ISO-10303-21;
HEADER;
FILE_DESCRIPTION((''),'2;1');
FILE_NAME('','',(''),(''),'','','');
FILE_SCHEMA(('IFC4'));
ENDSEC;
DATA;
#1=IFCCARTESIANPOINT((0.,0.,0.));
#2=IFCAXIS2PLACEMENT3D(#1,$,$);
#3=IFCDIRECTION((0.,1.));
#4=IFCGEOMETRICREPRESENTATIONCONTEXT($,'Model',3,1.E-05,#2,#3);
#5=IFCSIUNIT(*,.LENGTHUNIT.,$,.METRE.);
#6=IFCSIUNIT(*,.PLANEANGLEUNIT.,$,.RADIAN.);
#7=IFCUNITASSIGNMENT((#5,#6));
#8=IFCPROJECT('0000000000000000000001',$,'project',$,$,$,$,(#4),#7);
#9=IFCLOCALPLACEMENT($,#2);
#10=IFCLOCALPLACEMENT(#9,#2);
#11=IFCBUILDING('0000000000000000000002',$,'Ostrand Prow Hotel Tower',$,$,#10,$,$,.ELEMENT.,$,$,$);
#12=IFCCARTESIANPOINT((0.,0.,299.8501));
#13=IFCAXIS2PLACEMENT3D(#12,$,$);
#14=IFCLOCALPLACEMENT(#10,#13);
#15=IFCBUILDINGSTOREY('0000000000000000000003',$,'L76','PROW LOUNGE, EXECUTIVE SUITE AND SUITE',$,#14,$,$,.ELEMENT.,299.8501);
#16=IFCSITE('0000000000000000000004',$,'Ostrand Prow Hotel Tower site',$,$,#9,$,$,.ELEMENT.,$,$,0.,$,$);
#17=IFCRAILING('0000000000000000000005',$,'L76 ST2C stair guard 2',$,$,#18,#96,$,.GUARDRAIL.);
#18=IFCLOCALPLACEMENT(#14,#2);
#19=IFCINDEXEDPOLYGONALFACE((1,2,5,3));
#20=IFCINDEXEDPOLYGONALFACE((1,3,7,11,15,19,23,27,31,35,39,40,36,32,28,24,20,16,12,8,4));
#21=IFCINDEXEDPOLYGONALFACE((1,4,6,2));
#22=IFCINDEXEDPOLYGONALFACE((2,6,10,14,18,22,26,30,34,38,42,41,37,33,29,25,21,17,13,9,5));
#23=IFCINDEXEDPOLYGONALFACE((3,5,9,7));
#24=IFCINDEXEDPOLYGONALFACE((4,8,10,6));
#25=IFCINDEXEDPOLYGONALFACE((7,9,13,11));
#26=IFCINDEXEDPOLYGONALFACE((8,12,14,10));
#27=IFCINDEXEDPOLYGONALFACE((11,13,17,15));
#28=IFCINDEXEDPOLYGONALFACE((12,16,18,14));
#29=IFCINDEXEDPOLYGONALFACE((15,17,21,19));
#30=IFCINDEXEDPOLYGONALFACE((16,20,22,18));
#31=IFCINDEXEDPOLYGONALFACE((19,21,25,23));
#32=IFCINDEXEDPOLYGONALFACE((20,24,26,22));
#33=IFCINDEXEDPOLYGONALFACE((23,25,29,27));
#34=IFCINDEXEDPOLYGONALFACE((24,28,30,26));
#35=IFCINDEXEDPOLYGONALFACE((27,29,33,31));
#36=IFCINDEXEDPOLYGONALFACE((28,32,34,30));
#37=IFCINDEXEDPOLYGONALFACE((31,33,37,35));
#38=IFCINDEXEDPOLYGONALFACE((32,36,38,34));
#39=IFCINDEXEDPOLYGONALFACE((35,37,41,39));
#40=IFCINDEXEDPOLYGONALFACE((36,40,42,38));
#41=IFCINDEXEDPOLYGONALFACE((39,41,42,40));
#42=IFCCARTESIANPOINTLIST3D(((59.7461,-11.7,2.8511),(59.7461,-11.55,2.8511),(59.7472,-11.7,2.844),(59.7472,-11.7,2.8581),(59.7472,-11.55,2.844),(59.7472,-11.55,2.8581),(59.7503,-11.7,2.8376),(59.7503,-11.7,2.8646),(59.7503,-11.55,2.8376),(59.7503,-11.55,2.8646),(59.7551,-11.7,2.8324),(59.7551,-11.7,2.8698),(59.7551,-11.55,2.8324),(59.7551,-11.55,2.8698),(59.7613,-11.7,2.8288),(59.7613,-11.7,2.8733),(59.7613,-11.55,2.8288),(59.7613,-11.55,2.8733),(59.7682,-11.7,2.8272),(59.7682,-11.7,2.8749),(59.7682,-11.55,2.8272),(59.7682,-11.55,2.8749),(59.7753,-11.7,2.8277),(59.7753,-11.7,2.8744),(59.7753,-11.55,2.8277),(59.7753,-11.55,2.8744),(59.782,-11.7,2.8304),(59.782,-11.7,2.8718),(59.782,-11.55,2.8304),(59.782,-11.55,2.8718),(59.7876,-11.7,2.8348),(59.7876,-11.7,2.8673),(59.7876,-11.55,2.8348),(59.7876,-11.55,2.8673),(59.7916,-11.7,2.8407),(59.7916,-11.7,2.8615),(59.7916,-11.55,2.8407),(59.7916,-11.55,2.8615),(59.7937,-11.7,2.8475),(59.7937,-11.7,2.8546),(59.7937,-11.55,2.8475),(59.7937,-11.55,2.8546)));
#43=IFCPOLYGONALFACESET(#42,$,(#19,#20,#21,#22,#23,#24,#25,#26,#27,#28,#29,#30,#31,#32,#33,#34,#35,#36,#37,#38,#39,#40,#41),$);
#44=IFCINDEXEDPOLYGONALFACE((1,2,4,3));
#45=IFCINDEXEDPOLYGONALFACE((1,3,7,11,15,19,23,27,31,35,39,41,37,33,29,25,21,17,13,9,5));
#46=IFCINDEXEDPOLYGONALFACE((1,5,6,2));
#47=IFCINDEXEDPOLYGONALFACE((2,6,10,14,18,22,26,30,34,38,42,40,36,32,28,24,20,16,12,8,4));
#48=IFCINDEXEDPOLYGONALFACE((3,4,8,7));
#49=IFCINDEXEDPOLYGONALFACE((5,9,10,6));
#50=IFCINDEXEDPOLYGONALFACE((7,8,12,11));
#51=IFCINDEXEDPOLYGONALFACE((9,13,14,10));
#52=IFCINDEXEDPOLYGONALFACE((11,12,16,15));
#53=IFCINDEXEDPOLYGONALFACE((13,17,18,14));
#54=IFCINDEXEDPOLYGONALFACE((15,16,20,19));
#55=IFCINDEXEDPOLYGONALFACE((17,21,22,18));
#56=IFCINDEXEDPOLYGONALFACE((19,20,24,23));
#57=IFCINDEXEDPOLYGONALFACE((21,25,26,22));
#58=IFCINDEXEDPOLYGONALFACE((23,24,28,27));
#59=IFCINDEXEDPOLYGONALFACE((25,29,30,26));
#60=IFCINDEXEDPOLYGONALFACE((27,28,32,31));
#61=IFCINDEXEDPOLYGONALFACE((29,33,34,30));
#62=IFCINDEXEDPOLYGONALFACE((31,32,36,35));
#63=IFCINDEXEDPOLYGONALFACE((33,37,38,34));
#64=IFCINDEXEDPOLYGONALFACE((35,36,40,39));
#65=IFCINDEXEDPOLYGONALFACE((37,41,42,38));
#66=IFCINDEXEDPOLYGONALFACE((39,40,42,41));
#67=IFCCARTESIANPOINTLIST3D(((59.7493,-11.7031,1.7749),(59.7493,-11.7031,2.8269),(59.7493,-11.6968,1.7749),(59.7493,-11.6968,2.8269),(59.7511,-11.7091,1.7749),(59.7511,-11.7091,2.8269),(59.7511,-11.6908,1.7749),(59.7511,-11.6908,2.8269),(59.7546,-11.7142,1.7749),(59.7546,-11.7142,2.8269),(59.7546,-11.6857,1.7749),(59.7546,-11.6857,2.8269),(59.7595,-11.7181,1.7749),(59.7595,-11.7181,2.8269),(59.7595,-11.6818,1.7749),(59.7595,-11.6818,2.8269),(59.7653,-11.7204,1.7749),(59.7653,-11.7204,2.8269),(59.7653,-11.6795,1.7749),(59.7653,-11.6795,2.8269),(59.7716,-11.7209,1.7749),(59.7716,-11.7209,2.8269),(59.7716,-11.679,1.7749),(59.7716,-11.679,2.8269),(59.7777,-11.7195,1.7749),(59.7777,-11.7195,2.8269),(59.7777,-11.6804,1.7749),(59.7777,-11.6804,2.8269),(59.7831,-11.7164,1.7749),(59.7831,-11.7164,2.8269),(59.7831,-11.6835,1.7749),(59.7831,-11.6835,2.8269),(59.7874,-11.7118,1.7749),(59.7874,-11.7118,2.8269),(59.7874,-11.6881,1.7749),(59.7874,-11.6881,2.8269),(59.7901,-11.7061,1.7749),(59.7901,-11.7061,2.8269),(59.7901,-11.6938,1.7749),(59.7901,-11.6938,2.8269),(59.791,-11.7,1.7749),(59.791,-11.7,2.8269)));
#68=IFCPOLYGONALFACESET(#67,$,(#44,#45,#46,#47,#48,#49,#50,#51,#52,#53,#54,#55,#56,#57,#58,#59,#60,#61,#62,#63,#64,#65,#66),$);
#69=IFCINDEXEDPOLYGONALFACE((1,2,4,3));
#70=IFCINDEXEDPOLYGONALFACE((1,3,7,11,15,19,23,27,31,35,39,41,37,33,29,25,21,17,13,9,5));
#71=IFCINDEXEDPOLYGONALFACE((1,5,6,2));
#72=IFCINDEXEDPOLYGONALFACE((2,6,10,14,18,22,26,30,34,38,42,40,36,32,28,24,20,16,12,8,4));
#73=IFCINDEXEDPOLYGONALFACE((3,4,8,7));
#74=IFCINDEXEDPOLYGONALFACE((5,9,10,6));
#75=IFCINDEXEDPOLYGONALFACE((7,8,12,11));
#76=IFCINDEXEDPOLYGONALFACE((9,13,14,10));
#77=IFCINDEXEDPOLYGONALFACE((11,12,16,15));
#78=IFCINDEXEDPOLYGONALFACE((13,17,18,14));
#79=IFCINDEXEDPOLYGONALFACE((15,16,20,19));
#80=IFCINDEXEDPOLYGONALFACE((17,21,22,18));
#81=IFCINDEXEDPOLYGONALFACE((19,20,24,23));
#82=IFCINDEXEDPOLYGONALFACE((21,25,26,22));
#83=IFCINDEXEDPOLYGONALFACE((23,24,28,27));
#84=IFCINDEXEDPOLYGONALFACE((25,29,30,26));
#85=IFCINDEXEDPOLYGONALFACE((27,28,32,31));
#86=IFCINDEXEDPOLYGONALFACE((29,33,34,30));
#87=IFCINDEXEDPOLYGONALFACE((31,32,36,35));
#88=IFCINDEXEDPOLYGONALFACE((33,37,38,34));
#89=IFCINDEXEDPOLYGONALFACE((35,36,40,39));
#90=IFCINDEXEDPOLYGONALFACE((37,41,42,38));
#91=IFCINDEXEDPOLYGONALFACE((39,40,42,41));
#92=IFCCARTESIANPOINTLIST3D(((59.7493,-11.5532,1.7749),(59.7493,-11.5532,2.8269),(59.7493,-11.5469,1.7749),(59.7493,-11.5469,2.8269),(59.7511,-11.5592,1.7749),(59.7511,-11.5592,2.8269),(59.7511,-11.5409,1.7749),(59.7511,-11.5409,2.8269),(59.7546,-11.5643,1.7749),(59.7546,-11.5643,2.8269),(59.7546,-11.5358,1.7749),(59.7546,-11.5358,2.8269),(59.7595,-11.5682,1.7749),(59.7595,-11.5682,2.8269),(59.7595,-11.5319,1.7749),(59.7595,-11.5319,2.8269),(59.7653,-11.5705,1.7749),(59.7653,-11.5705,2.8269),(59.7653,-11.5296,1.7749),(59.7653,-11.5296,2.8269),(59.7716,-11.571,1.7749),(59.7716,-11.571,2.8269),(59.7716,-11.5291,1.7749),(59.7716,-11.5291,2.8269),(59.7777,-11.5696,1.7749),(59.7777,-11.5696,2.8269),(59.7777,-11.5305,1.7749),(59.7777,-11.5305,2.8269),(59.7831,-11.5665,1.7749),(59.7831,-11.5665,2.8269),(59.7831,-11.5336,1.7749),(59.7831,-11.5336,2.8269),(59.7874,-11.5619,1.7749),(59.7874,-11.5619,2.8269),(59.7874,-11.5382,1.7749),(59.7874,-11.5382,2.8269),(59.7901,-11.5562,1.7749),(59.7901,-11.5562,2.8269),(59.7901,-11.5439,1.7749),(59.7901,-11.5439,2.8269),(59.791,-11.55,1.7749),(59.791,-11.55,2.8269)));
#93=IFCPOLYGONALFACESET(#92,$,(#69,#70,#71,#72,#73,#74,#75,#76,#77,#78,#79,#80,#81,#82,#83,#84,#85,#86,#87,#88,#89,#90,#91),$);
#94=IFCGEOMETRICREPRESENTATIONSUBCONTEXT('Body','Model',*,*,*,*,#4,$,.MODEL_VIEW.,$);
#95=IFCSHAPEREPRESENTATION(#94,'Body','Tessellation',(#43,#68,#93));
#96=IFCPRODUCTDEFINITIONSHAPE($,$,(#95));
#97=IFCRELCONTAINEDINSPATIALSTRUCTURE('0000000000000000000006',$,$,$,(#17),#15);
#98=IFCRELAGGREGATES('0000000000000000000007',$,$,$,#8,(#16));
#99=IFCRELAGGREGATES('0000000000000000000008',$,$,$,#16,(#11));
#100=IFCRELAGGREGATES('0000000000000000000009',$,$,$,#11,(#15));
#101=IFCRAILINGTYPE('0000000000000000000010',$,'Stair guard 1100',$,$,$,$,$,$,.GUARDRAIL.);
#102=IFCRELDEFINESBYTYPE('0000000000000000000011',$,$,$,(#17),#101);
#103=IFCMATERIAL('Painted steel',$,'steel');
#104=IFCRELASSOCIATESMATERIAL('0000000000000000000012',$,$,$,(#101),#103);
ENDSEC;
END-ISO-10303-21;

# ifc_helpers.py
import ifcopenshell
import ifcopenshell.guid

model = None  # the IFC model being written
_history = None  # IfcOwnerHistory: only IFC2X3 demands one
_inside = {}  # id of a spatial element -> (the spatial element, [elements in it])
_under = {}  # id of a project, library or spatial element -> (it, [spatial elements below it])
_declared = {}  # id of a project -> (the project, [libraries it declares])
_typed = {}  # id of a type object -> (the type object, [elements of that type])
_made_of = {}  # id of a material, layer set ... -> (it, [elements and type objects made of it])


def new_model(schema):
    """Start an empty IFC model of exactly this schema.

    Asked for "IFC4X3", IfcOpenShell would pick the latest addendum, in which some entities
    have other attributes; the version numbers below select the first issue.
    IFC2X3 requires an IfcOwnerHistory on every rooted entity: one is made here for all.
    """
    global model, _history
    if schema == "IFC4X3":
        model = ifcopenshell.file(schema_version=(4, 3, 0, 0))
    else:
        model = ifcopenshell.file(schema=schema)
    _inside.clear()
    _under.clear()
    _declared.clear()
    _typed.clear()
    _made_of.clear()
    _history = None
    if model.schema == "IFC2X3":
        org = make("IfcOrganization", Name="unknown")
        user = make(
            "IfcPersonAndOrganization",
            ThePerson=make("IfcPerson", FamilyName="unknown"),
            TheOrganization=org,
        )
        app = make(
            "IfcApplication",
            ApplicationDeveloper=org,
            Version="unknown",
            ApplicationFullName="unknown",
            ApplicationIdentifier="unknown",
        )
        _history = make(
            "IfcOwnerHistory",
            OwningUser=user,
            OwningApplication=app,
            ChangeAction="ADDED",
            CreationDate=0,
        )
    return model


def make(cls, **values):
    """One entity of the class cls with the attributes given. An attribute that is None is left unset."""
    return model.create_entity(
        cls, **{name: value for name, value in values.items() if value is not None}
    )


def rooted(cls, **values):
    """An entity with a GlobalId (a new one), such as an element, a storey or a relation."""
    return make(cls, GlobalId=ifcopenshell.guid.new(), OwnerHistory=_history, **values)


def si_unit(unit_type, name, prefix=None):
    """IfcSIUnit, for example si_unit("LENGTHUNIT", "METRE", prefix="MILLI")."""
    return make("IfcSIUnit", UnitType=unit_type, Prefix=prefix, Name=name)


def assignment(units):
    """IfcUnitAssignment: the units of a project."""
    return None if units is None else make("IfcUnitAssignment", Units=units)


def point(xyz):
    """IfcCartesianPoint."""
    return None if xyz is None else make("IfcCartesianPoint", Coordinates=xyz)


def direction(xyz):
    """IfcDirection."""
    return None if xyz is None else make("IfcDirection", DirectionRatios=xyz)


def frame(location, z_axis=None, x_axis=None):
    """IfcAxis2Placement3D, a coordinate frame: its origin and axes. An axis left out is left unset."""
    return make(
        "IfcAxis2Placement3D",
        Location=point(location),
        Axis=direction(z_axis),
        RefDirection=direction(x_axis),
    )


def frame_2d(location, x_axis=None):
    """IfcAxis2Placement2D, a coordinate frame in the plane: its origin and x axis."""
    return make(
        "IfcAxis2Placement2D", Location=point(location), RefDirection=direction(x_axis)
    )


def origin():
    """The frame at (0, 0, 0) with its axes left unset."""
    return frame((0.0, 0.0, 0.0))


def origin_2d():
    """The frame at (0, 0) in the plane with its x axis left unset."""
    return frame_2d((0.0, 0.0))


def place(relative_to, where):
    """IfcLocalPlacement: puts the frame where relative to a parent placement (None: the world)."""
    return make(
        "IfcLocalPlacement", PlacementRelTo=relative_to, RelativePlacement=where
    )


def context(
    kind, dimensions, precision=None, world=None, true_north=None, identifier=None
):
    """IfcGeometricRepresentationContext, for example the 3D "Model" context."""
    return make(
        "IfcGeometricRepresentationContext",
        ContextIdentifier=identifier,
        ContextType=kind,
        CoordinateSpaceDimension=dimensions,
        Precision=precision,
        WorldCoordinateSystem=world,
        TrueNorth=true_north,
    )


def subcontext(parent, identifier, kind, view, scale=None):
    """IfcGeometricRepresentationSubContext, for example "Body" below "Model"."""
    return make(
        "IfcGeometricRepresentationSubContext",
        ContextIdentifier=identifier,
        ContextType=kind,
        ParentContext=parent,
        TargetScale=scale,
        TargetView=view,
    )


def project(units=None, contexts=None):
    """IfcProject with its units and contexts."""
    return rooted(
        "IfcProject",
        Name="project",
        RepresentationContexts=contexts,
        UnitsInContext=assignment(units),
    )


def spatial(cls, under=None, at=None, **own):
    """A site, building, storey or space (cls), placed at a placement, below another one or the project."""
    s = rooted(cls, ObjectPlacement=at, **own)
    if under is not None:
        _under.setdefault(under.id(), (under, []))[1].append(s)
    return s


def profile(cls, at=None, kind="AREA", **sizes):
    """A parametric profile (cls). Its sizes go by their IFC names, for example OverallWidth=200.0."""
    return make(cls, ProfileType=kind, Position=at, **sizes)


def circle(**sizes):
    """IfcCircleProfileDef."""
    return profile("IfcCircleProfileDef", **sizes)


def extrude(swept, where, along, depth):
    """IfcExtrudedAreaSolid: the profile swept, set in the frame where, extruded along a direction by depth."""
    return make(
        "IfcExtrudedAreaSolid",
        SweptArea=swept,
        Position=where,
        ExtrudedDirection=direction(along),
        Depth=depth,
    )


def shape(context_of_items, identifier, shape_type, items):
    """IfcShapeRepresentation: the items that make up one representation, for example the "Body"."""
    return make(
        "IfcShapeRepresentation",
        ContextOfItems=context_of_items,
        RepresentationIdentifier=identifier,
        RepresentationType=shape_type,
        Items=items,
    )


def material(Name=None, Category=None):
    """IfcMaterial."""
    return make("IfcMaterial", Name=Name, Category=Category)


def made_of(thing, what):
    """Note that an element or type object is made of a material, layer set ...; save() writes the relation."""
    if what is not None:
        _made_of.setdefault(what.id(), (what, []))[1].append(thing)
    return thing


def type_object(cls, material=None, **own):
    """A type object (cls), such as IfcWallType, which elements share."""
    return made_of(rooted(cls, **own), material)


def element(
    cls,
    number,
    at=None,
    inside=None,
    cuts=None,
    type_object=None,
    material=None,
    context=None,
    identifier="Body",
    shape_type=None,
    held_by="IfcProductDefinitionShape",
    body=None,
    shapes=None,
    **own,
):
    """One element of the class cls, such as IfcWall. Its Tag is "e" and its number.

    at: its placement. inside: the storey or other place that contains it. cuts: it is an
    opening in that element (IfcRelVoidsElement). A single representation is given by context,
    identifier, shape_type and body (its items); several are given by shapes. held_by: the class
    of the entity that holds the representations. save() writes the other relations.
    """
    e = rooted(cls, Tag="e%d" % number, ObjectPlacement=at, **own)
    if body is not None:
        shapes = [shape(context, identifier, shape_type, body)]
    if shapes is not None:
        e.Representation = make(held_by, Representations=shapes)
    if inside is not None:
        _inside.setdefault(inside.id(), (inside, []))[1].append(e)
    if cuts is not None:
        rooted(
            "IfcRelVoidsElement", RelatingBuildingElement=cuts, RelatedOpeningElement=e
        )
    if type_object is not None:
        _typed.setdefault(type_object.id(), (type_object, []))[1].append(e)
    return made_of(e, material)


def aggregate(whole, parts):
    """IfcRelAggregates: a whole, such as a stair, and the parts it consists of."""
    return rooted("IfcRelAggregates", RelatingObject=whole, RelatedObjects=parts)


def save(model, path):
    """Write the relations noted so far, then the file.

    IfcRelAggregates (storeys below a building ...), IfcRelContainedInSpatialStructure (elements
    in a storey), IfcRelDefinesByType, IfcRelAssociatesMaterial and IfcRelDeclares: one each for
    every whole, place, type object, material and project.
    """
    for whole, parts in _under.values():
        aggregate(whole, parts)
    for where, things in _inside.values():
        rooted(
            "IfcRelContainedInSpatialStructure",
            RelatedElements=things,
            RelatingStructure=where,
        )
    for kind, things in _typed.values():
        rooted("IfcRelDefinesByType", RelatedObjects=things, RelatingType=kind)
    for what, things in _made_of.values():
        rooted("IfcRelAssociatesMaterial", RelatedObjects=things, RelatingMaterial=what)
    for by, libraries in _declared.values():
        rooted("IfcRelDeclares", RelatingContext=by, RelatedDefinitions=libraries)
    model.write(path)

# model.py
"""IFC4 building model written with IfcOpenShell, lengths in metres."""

from ifc_helpers import new_model, si_unit, direction, frame, origin, origin_2d, place, context, subcontext, project, spatial, circle, extrude, material, type_object, element, save


model = new_model("IFC4")

# Units and contexts
model_context = context("Model", 3, precision=1e-05, world=origin(), true_north=direction((0.0, 1.0)))
body_context = subcontext(model_context, "Body", "Model", "MODEL_VIEW")
ifc_project = project(units=[si_unit("LENGTHUNIT", "METRE"), si_unit("PLANEANGLEUNIT", "RADIAN")], contexts=[model_context])

# Site, building, storey
site_placement = place(None, origin())
site = spatial("IfcSite", under=ifc_project, at=site_placement, Name="Ostrand Prow Hotel Tower site", CompositionType="ELEMENT", RefElevation=0.0)
building_placement = place(site_placement, origin())
building = spatial("IfcBuilding", under=site, at=building_placement, Name="Ostrand Prow Hotel Tower", CompositionType="ELEMENT")
storey_placement = place(building_placement, frame((0.0, 0.0, 299.8501)))
storey = spatial("IfcBuildingStorey", under=building, at=storey_placement, Name="L76", Description="PROW LOUNGE, EXECUTIVE SUITE AND SUITE", CompositionType="ELEMENT", Elevation=299.8501)

# Railing
ifc_material_1 = material(Name="Painted steel", Category="steel")
railing_type_1 = type_object("IfcRailingType", Name="Stair guard 1100", PredefinedType="GUARDRAIL", material=ifc_material_1)
railing_1_placement = place(storey_placement, frame((59.77, -11.7, 1.7749)))
element("IfcRailing", 1, at=railing_1_placement, inside=storey, type_object=railing_type_1, Name="L76 ST2C stair guard 2", PredefinedType="GUARDRAIL", context=body_context, shape_type="SweptSolid", body=[
    extrude(circle(Radius=0.0239, at=origin_2d()), frame((0.0, 0.0, 1.0762), z_axis=(0.0, 1.0, 0.0), x_axis=(-1.0, 0.0, 0.0)), (0.0, 0.0, 1.0), 0.1499),
    extrude(circle(Radius=0.021, at=origin_2d()), origin(), (0.0, 0.0, 1.0), 1.052),
    extrude(circle(Radius=0.021, at=origin_2d()), frame((0.0, 0.1499, 0.0)), (0.0, 0.0, 1.0), 1.052),
])

save(model, "model.ifc")
